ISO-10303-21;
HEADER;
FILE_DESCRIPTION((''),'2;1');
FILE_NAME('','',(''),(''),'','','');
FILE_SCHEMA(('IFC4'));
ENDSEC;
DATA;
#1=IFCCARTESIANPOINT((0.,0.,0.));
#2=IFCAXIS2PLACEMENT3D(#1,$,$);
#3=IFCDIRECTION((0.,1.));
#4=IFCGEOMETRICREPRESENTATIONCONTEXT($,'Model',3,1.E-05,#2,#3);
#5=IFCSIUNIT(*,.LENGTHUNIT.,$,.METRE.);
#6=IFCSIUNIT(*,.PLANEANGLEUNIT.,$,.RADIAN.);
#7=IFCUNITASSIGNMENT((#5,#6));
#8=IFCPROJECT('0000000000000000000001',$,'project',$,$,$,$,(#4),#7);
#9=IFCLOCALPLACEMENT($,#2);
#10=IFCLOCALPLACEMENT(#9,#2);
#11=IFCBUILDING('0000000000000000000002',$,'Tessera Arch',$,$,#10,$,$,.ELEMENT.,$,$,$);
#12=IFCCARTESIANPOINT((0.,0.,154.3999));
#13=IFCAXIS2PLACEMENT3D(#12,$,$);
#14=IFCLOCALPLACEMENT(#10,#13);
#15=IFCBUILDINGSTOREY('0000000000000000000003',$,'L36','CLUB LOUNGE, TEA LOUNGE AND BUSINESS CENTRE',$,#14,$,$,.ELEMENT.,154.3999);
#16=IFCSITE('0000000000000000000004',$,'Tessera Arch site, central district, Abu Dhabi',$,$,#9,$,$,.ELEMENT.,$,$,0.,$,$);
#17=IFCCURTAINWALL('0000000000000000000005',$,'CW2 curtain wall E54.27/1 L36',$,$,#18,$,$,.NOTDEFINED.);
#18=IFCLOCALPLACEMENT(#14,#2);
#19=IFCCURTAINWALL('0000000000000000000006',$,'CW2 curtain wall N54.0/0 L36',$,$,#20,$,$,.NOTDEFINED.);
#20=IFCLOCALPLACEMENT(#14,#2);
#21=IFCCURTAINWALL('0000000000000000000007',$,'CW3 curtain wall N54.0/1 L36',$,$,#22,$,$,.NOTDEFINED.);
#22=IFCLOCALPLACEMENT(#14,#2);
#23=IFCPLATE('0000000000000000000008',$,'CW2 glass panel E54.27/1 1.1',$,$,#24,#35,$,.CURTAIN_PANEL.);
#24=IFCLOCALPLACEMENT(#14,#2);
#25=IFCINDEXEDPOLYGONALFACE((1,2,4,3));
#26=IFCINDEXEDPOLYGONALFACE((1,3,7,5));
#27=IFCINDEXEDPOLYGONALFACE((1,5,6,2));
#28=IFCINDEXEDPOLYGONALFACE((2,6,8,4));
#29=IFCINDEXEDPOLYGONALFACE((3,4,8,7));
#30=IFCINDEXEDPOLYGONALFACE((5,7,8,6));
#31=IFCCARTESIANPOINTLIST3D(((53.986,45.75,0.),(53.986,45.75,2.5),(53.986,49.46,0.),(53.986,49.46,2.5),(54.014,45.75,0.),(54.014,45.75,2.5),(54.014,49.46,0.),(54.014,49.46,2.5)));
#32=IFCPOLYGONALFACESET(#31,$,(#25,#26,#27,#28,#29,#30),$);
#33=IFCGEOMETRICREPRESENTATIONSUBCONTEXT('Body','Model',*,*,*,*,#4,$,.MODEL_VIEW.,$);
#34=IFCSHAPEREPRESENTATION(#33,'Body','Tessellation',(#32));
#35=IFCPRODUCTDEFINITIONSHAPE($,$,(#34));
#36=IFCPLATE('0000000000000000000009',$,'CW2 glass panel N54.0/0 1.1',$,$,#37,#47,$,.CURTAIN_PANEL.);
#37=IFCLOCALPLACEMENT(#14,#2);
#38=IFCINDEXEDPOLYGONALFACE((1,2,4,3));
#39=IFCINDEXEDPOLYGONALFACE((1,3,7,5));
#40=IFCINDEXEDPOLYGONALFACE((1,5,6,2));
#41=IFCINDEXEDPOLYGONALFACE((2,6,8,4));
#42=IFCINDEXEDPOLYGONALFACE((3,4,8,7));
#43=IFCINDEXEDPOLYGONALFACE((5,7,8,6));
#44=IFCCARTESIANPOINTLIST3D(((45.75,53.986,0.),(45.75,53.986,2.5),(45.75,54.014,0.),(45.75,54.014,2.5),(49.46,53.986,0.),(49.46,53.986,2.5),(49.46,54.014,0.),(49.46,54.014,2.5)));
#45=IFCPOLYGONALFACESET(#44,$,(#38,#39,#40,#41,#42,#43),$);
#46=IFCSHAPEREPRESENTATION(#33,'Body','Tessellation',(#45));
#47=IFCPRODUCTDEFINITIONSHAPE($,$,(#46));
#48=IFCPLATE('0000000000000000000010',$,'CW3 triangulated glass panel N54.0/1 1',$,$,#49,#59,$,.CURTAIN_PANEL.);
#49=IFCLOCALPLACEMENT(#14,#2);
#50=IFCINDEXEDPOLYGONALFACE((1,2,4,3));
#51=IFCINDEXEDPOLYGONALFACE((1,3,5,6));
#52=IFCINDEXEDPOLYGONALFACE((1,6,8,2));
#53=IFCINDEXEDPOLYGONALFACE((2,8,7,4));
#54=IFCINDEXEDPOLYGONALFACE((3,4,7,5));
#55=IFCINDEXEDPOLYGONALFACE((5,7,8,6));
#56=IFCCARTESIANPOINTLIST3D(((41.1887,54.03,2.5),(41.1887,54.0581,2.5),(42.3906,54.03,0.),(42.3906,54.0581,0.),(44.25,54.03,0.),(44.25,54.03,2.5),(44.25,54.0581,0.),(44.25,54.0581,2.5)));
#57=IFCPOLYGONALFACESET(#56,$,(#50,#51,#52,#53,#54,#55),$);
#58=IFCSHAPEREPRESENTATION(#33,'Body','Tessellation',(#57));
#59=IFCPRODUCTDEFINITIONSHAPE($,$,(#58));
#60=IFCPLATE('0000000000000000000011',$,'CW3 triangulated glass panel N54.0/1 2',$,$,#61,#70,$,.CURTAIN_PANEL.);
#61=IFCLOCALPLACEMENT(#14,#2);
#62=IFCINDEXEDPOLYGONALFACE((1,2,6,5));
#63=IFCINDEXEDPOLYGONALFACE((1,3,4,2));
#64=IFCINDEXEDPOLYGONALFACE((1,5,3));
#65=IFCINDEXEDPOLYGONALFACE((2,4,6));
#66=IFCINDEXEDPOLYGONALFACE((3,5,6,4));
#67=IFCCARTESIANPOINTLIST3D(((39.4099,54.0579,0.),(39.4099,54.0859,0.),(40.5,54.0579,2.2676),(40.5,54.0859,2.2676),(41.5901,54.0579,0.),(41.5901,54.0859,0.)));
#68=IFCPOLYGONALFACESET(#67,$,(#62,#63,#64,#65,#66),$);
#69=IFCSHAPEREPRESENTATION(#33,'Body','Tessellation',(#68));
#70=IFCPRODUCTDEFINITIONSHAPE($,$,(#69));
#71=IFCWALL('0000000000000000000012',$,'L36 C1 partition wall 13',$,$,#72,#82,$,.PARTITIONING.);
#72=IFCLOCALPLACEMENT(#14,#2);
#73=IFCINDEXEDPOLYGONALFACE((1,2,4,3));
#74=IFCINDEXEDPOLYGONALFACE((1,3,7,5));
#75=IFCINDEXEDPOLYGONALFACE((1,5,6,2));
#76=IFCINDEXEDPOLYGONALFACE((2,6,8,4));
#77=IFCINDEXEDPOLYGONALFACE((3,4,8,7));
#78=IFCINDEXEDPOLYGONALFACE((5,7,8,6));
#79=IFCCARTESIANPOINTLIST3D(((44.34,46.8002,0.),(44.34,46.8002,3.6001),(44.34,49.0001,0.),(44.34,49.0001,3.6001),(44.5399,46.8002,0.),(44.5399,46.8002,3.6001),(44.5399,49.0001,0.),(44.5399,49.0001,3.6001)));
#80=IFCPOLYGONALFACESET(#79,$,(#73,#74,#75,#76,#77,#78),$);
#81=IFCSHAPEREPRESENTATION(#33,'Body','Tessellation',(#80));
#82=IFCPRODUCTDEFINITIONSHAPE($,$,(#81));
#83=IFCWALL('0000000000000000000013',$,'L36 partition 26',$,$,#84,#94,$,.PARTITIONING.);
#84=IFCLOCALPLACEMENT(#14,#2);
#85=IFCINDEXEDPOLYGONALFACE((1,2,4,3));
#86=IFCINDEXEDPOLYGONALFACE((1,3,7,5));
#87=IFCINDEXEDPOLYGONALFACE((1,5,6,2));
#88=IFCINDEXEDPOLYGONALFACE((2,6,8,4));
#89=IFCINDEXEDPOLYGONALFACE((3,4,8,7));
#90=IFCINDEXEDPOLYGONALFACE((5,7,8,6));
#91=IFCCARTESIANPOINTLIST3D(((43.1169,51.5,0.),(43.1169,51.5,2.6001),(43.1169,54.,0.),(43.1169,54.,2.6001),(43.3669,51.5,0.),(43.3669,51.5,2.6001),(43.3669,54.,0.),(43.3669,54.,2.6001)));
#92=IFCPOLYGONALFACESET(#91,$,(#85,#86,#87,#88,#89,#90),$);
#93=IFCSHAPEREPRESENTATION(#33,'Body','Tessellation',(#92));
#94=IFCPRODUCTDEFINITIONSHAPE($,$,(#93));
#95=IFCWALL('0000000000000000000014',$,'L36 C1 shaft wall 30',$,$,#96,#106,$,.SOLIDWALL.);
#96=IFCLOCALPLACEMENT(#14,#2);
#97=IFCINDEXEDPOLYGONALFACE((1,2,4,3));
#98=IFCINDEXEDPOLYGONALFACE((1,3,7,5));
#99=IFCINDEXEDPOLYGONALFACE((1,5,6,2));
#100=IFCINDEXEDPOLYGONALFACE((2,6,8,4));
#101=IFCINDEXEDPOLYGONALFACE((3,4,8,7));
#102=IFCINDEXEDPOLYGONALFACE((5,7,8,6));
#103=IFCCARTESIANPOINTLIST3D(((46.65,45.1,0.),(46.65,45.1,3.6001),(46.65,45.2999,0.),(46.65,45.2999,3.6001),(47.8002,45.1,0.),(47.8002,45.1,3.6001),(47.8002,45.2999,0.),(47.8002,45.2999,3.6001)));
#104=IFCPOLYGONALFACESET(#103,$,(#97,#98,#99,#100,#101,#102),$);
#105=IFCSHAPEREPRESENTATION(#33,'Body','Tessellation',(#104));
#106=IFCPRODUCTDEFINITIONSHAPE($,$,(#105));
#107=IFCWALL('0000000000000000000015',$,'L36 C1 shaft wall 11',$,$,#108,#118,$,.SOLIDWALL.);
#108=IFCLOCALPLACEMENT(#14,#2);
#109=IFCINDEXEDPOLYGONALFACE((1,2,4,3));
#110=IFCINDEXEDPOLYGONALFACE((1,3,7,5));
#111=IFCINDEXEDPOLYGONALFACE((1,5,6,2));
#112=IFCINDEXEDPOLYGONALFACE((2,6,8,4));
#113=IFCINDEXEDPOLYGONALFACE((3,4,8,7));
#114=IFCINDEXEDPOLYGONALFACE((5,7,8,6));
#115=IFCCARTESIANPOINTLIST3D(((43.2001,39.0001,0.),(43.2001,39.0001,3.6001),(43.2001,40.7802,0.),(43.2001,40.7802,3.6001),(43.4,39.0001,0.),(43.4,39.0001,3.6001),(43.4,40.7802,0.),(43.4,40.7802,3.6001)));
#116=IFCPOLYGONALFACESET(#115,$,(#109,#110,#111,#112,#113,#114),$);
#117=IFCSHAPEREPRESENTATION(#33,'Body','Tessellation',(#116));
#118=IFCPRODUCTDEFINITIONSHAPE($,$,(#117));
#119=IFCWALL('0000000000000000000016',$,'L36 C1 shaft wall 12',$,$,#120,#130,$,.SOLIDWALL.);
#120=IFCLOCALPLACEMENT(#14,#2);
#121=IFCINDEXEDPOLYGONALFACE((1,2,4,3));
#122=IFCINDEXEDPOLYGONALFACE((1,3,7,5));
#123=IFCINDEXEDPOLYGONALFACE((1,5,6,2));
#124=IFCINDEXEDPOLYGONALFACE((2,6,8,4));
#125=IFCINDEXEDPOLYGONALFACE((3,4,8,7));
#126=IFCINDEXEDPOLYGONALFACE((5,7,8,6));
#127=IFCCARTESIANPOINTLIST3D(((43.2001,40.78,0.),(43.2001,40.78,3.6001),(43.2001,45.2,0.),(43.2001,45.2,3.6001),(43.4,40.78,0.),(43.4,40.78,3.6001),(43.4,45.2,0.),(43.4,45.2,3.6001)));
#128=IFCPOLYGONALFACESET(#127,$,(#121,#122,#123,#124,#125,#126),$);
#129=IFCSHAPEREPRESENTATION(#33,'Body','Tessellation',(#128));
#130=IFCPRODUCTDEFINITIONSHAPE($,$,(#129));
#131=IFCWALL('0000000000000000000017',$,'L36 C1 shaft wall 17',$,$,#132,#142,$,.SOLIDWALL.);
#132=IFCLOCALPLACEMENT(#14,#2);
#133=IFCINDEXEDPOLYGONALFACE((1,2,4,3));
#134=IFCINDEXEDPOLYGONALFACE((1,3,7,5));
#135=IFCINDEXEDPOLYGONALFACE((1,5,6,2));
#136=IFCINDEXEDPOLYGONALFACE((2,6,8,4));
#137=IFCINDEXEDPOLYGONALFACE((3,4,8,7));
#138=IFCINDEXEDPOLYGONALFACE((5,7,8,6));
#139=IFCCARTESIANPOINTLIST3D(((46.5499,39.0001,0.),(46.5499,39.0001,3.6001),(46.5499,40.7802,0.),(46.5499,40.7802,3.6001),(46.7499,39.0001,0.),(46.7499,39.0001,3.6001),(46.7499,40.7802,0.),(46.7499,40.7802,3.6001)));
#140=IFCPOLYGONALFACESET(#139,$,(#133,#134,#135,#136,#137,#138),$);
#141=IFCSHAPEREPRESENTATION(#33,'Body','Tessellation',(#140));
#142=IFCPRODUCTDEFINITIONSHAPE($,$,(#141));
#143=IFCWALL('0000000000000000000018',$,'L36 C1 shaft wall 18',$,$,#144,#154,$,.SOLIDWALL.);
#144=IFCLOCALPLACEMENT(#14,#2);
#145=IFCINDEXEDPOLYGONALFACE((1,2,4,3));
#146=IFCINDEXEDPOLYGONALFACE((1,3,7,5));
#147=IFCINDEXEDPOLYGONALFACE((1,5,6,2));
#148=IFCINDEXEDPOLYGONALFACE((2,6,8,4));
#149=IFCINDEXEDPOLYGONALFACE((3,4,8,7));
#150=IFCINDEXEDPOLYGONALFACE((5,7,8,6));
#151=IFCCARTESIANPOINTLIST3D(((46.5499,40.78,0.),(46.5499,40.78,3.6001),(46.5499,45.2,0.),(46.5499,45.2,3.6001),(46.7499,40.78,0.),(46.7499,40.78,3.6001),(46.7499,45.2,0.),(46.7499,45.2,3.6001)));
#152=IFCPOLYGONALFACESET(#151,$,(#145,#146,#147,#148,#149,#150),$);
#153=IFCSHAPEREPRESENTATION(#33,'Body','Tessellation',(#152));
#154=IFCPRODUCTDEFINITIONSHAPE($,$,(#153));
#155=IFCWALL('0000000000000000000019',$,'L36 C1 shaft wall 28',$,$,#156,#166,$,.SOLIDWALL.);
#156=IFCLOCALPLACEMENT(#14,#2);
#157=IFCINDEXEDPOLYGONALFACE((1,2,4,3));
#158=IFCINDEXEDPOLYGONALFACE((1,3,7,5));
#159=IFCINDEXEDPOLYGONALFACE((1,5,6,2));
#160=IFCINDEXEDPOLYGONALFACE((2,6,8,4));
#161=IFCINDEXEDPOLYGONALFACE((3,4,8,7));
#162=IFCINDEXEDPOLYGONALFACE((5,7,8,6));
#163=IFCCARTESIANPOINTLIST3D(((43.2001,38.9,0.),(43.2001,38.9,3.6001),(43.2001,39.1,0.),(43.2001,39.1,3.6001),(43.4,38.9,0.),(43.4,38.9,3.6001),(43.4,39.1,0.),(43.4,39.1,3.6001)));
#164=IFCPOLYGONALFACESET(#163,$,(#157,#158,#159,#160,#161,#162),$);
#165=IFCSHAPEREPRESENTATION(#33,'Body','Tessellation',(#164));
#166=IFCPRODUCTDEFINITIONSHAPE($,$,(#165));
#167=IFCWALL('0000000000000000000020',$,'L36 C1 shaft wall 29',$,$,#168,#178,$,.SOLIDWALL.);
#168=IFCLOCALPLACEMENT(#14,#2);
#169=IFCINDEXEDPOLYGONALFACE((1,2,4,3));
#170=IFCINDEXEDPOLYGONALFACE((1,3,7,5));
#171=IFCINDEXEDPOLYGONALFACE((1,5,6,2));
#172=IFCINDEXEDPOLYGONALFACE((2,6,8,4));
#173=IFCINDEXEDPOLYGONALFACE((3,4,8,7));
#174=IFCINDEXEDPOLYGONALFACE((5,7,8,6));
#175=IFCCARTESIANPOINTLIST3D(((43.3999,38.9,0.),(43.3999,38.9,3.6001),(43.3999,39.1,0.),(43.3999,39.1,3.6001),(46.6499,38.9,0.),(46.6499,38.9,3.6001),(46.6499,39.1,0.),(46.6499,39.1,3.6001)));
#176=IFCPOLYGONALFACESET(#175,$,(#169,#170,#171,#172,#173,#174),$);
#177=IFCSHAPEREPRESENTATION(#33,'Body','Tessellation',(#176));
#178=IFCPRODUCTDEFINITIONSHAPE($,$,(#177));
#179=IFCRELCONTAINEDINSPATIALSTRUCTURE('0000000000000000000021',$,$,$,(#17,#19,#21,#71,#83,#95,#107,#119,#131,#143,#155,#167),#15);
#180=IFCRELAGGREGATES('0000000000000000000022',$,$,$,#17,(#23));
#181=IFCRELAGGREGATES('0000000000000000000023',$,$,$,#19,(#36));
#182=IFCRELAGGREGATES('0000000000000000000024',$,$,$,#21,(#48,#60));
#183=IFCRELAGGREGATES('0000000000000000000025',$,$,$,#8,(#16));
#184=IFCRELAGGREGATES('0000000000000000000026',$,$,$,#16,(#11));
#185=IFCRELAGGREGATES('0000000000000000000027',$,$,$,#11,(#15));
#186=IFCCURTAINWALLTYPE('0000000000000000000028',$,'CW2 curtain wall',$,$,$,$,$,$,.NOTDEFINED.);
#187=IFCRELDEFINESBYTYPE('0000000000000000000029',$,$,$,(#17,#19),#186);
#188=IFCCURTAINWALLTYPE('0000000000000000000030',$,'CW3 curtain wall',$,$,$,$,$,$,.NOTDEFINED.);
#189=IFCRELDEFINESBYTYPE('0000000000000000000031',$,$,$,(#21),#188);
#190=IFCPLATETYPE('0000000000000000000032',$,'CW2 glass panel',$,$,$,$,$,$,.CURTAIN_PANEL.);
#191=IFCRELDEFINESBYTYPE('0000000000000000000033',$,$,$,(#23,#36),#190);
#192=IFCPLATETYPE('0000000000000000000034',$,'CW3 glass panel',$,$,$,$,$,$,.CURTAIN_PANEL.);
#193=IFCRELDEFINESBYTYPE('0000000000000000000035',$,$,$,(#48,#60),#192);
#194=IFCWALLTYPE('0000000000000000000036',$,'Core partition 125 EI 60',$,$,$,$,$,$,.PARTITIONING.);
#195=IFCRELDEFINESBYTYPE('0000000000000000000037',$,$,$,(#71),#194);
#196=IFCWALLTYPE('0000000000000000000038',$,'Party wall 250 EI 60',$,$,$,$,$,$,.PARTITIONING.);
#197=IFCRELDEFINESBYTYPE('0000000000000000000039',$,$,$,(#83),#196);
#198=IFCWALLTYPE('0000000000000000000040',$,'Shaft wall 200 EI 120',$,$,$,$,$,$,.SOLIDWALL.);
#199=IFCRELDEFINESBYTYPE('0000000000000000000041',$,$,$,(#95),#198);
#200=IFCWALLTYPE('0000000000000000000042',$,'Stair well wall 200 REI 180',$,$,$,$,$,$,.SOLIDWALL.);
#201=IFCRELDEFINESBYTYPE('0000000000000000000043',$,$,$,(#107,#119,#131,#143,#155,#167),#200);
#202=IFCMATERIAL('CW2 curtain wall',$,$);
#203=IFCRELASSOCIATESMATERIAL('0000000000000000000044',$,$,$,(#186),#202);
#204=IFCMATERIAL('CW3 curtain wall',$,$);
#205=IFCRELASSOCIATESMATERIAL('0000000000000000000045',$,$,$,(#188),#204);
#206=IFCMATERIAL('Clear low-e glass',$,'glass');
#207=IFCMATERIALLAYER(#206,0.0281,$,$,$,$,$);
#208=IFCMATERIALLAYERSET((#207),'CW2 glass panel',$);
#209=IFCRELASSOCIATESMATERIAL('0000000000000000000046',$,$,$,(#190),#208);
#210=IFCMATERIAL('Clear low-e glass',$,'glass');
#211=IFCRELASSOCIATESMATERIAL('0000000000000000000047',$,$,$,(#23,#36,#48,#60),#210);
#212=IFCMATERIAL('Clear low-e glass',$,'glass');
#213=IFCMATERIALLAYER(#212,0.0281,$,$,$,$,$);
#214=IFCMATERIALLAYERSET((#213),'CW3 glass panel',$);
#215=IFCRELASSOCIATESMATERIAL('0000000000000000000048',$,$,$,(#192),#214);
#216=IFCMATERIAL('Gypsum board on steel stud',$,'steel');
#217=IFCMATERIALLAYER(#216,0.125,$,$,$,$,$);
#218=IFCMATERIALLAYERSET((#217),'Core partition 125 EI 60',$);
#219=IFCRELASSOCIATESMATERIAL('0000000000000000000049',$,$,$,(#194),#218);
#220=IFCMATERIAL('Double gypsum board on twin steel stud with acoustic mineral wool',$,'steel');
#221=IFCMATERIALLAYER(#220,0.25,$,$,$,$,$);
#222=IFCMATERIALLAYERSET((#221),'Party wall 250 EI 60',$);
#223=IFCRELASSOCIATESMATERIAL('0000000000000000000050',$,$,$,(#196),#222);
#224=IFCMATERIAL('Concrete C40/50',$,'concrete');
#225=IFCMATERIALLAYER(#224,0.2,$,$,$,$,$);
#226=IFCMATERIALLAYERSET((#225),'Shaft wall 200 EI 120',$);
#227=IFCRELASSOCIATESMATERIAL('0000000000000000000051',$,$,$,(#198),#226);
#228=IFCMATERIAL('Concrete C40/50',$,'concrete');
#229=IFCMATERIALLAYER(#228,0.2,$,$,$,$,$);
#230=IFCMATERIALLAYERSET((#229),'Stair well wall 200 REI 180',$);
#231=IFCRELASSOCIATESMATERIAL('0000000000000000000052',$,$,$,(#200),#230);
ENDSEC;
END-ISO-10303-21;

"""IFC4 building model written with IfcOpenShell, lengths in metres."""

from ifc_helpers import new_model, si_unit, direction, frame, frame_2d, origin, origin_2d, place, context, subcontext, project, spatial, polyline, rectangle, outline, extrude, material, layer, layer_set, type_object, element, aggregate, save


model = new_model("IFC4")

# Units and contexts
model_context = context("Model", 3, precision=1e-05, world=origin(), true_north=direction((0.0, 1.0)))
body_context = subcontext(model_context, "Body", "Model", "MODEL_VIEW")
ifc_project = project(units=[si_unit("LENGTHUNIT", "METRE"), si_unit("PLANEANGLEUNIT", "RADIAN")], contexts=[model_context])

# Site, building, storey
site_placement = place(None, origin())
site = spatial("IfcSite", under=ifc_project, at=site_placement, Name="Tessera Arch site, central district, Abu Dhabi", CompositionType="ELEMENT", RefElevation=0.0)
building_placement = place(site_placement, origin())
building = spatial("IfcBuilding", under=site, at=building_placement, Name="Tessera Arch", CompositionType="ELEMENT")
storey_placement = place(building_placement, frame((0.0, 0.0, 154.3999)))
storey = spatial("IfcBuildingStorey", under=building, at=storey_placement, Name="L36", Description="CLUB LOUNGE, TEA LOUNGE AND BUSINESS CENTRE", CompositionType="ELEMENT", Elevation=154.3999)

# Curtain walls
ifc_material_1 = material(Name="CW2 curtain wall")
curtain_wall_type_1 = type_object("IfcCurtainWallType", Name="CW2 curtain wall", PredefinedType="NOTDEFINED", material=ifc_material_1)
curtain_wall_1_placement = place(storey_placement, origin())
curtain_wall_1 = element("IfcCurtainWall", 1, at=curtain_wall_1_placement, inside=storey, type_object=curtain_wall_type_1, Name="CW2 curtain wall E54.27/1 L36", PredefinedType="NOTDEFINED")
curtain_wall_2_placement = place(storey_placement, origin())
curtain_wall_2 = element("IfcCurtainWall", 2, at=curtain_wall_2_placement, inside=storey, type_object=curtain_wall_type_1, Name="CW2 curtain wall N54.0/0 L36", PredefinedType="NOTDEFINED")
ifc_material_2 = material(Name="CW3 curtain wall")
curtain_wall_type_2 = type_object("IfcCurtainWallType", Name="CW3 curtain wall", PredefinedType="NOTDEFINED", material=ifc_material_2)
curtain_wall_3_placement = place(storey_placement, origin())
curtain_wall_3 = element("IfcCurtainWall", 3, at=curtain_wall_3_placement, inside=storey, type_object=curtain_wall_type_2, Name="CW3 curtain wall N54.0/1 L36", PredefinedType="NOTDEFINED")

# Plates
ifc_material_3 = material(Name="Clear low-e glass", Category="glass")
ifc_material_4 = material(Name="Clear low-e glass", Category="glass")
ifc_layer_1 = layer(ifc_material_4, 0.0281)
ifc_layer_set_1 = layer_set([ifc_layer_1], Name="CW2 glass panel")
plate_type_1 = type_object("IfcPlateType", Name="CW2 glass panel", PredefinedType="CURTAIN_PANEL", material=ifc_layer_set_1)
plate_1_placement = place(storey_placement, frame((54.0, 47.605, 0.0), z_axis=(0.0, 0.0, 1.0), x_axis=(0.0, 1.0, 0.0)))
plate_1 = element("IfcPlate", 4, at=plate_1_placement, type_object=plate_type_1, material=ifc_material_3, Name="CW2 glass panel E54.27/1 1.1", PredefinedType="CURTAIN_PANEL", context=body_context, shape_type="SweptSolid", body=[
    extrude(rectangle(XDim=3.71, YDim=0.0281, at=origin_2d()), origin(), (0.0, 0.0, 1.0), 2.5),
])
aggregate(curtain_wall_1, [plate_1])
plate_2_placement = place(storey_placement, frame((47.605, 54.0, 0.0), z_axis=(0.0, 0.0, 1.0), x_axis=(-1.0, 0.0, 0.0)))
plate_2 = element("IfcPlate", 5, at=plate_2_placement, type_object=plate_type_1, material=ifc_material_3, Name="CW2 glass panel N54.0/0 1.1", PredefinedType="CURTAIN_PANEL", context=body_context, shape_type="SweptSolid", body=[
    extrude(rectangle(XDim=3.71, YDim=0.0281, at=origin_2d()), origin(), (0.0, 0.0, 1.0), 2.5),
])
aggregate(curtain_wall_2, [plate_2])
ifc_material_5 = material(Name="Clear low-e glass", Category="glass")
ifc_layer_2 = layer(ifc_material_5, 0.0281)
ifc_layer_set_2 = layer_set([ifc_layer_2], Name="CW3 glass panel")
plate_type_2 = type_object("IfcPlateType", Name="CW3 glass panel", PredefinedType="CURTAIN_PANEL", material=ifc_layer_set_2)
plate_3_placement = place(storey_placement, frame((44.25, 54.0581, 0.0), z_axis=(0.0, 1.0, 0.0), x_axis=(-1.0, 0.0, 0.0)))
plate_3 = element("IfcPlate", 6, at=plate_3_placement, type_object=plate_type_2, material=ifc_material_3, Name="CW3 triangulated glass panel N54.0/1 1", PredefinedType="CURTAIN_PANEL", context=body_context, shape_type="SweptSolid", body=[
    extrude(outline(polyline([(0.0, 0.0), (1.8594, 0.0), (3.0613, 2.5), (0.0, 2.5), (0.0, 0.0)])), origin(), (0.0, 0.0, -1.0), 0.0281),
])
plate_4_placement = place(storey_placement, frame((41.5901, 54.0859, 0.0), z_axis=(0.0, 1.0, 0.0), x_axis=(-1.0, 0.0, 0.0)))
plate_4 = element("IfcPlate", 7, at=plate_4_placement, type_object=plate_type_2, material=ifc_material_3, Name="CW3 triangulated glass panel N54.0/1 2", PredefinedType="CURTAIN_PANEL", context=body_context, shape_type="SweptSolid", body=[
    extrude(outline(polyline([(0.0, 0.0), (2.1802, 0.0), (1.0901, 2.2676), (0.0, 0.0)])), origin(), (0.0, 0.0, -1.0), 0.0281),
])
aggregate(curtain_wall_3, [plate_3, plate_4])

# Walls
ifc_material_6 = material(Name="Gypsum board on steel stud", Category="steel")
ifc_layer_3 = layer(ifc_material_6, 0.125)
ifc_layer_set_3 = layer_set([ifc_layer_3], Name="Core partition 125 EI 60")
wall_type_1 = type_object("IfcWallType", Name="Core partition 125 EI 60", PredefinedType="PARTITIONING", material=ifc_layer_set_3)
wall_1_placement = place(storey_placement, frame((44.4399, 46.8, 0.0), z_axis=(0.0, 0.0, 1.0), x_axis=(0.0, 1.0, 0.0)))
element("IfcWall", 8, at=wall_1_placement, inside=storey, type_object=wall_type_1, Name="L36 C1 partition wall 13", PredefinedType="PARTITIONING", context=body_context, shape_type="SweptSolid", body=[
    extrude(rectangle(XDim=2.2, YDim=0.2, at=frame_2d((1.1001, 0.0))), origin(), (0.0, 0.0, 1.0), 3.6001),
])
ifc_material_7 = material(Name="Double gypsum board on twin steel stud with acoustic mineral wool", Category="steel")
ifc_layer_4 = layer(ifc_material_7, 0.25)
ifc_layer_set_4 = layer_set([ifc_layer_4], Name="Party wall 250 EI 60")
wall_type_2 = type_object("IfcWallType", Name="Party wall 250 EI 60", PredefinedType="PARTITIONING", material=ifc_layer_set_4)
wall_2_placement = place(storey_placement, frame((43.2419, 51.5, 0.0), z_axis=(0.0, 0.0, 1.0), x_axis=(0.0, 1.0, 0.0)))
element("IfcWall", 9, at=wall_2_placement, inside=storey, type_object=wall_type_2, Name="L36 partition 26", PredefinedType="PARTITIONING", context=body_context, shape_type="SweptSolid", body=[
    extrude(rectangle(XDim=2.5, YDim=0.25, at=frame_2d((1.25, 0.0))), origin(), (0.0, 0.0, 1.0), 2.6001),
])
ifc_material_8 = material(Name="Concrete C40/50", Category="concrete")
ifc_layer_5 = layer(ifc_material_8, 0.2)
ifc_layer_set_5 = layer_set([ifc_layer_5], Name="Shaft wall 200 EI 120")
wall_type_3 = type_object("IfcWallType", Name="Shaft wall 200 EI 120", PredefinedType="SOLIDWALL", material=ifc_layer_set_5)
wall_3_placement = place(storey_placement, frame((46.6499, 45.2, 0.0), z_axis=(0.0, 0.0, 1.0), x_axis=(1.0, 0.0, 0.0)))
element("IfcWall", 10, at=wall_3_placement, inside=storey, type_object=wall_type_3, Name="L36 C1 shaft wall 30", PredefinedType="SOLIDWALL", context=body_context, shape_type="SweptSolid", body=[
    extrude(rectangle(XDim=1.1501, YDim=0.2, at=frame_2d((0.5752, 0.0))), origin(), (0.0, 0.0, 1.0), 3.6001),
])
ifc_material_9 = material(Name="Concrete C40/50", Category="concrete")
ifc_layer_6 = layer(ifc_material_9, 0.2)
ifc_layer_set_6 = layer_set([ifc_layer_6], Name="Stair well wall 200 REI 180")
wall_type_4 = type_object("IfcWallType", Name="Stair well wall 200 REI 180", PredefinedType="SOLIDWALL", material=ifc_layer_set_6)
wall_4_placement = place(storey_placement, frame((43.3, 39.0, 0.0), z_axis=(0.0, 0.0, 1.0), x_axis=(0.0, 1.0, 0.0)))
element("IfcWall", 11, at=wall_4_placement, inside=storey, type_object=wall_type_4, Name="L36 C1 shaft wall 11", PredefinedType="SOLIDWALL", context=body_context, shape_type="SweptSolid", body=[
    extrude(rectangle(XDim=1.78, YDim=0.2, at=frame_2d((0.8901, 0.0))), origin(), (0.0, 0.0, 1.0), 3.6001),
])
wall_5_placement = place(storey_placement, frame((43.3, 40.78, 0.0), z_axis=(0.0, 0.0, 1.0), x_axis=(0.0, 1.0, 0.0)))
element("IfcWall", 12, at=wall_5_placement, inside=storey, type_object=wall_type_4, Name="L36 C1 shaft wall 12", PredefinedType="SOLIDWALL", context=body_context, shape_type="SweptSolid", body=[
    extrude(rectangle(XDim=4.4199, YDim=0.2, at=frame_2d((2.21, 0.0))), origin(), (0.0, 0.0, 1.0), 3.6001),
])
wall_6_placement = place(storey_placement, frame((46.6499, 39.0, 0.0), z_axis=(0.0, 0.0, 1.0), x_axis=(0.0, 1.0, 0.0)))
element("IfcWall", 13, at=wall_6_placement, inside=storey, type_object=wall_type_4, Name="L36 C1 shaft wall 17", PredefinedType="SOLIDWALL", context=body_context, shape_type="SweptSolid", body=[
    extrude(rectangle(XDim=1.78, YDim=0.2, at=frame_2d((0.8901, 0.0))), origin(), (0.0, 0.0, 1.0), 3.6001),
])
wall_7_placement = place(storey_placement, frame((46.6499, 40.78, 0.0), z_axis=(0.0, 0.0, 1.0), x_axis=(0.0, 1.0, 0.0)))
element("IfcWall", 14, at=wall_7_placement, inside=storey, type_object=wall_type_4, Name="L36 C1 shaft wall 18", PredefinedType="SOLIDWALL", context=body_context, shape_type="SweptSolid", body=[
    extrude(rectangle(XDim=4.4199, YDim=0.2, at=frame_2d((2.21, 0.0))), origin(), (0.0, 0.0, 1.0), 3.6001),
])
wall_8_placement = place(storey_placement, frame((43.2, 39.0, 0.0), z_axis=(0.0, 0.0, 1.0), x_axis=(1.0, 0.0, 0.0)))
element("IfcWall", 15, at=wall_8_placement, inside=storey, type_object=wall_type_4, Name="L36 C1 shaft wall 28", PredefinedType="SOLIDWALL", context=body_context, shape_type="SweptSolid", body=[
    extrude(rectangle(XDim=0.2, YDim=0.2, at=frame_2d((0.1001, 0.0))), origin(), (0.0, 0.0, 1.0), 3.6001),
])
wall_9_placement = place(storey_placement, frame((43.3999, 39.0, 0.0), z_axis=(0.0, 0.0, 1.0), x_axis=(1.0, 0.0, 0.0)))
element("IfcWall", 16, at=wall_9_placement, inside=storey, type_object=wall_type_4, Name="L36 C1 shaft wall 29", PredefinedType="SOLIDWALL", context=body_context, shape_type="SweptSolid", body=[
    extrude(rectangle(XDim=3.25, YDim=0.2, at=frame_2d((1.625, 0.0))), origin(), (0.0, 0.0, 1.0), 3.6001),
])

save(model, "model.ifc")
